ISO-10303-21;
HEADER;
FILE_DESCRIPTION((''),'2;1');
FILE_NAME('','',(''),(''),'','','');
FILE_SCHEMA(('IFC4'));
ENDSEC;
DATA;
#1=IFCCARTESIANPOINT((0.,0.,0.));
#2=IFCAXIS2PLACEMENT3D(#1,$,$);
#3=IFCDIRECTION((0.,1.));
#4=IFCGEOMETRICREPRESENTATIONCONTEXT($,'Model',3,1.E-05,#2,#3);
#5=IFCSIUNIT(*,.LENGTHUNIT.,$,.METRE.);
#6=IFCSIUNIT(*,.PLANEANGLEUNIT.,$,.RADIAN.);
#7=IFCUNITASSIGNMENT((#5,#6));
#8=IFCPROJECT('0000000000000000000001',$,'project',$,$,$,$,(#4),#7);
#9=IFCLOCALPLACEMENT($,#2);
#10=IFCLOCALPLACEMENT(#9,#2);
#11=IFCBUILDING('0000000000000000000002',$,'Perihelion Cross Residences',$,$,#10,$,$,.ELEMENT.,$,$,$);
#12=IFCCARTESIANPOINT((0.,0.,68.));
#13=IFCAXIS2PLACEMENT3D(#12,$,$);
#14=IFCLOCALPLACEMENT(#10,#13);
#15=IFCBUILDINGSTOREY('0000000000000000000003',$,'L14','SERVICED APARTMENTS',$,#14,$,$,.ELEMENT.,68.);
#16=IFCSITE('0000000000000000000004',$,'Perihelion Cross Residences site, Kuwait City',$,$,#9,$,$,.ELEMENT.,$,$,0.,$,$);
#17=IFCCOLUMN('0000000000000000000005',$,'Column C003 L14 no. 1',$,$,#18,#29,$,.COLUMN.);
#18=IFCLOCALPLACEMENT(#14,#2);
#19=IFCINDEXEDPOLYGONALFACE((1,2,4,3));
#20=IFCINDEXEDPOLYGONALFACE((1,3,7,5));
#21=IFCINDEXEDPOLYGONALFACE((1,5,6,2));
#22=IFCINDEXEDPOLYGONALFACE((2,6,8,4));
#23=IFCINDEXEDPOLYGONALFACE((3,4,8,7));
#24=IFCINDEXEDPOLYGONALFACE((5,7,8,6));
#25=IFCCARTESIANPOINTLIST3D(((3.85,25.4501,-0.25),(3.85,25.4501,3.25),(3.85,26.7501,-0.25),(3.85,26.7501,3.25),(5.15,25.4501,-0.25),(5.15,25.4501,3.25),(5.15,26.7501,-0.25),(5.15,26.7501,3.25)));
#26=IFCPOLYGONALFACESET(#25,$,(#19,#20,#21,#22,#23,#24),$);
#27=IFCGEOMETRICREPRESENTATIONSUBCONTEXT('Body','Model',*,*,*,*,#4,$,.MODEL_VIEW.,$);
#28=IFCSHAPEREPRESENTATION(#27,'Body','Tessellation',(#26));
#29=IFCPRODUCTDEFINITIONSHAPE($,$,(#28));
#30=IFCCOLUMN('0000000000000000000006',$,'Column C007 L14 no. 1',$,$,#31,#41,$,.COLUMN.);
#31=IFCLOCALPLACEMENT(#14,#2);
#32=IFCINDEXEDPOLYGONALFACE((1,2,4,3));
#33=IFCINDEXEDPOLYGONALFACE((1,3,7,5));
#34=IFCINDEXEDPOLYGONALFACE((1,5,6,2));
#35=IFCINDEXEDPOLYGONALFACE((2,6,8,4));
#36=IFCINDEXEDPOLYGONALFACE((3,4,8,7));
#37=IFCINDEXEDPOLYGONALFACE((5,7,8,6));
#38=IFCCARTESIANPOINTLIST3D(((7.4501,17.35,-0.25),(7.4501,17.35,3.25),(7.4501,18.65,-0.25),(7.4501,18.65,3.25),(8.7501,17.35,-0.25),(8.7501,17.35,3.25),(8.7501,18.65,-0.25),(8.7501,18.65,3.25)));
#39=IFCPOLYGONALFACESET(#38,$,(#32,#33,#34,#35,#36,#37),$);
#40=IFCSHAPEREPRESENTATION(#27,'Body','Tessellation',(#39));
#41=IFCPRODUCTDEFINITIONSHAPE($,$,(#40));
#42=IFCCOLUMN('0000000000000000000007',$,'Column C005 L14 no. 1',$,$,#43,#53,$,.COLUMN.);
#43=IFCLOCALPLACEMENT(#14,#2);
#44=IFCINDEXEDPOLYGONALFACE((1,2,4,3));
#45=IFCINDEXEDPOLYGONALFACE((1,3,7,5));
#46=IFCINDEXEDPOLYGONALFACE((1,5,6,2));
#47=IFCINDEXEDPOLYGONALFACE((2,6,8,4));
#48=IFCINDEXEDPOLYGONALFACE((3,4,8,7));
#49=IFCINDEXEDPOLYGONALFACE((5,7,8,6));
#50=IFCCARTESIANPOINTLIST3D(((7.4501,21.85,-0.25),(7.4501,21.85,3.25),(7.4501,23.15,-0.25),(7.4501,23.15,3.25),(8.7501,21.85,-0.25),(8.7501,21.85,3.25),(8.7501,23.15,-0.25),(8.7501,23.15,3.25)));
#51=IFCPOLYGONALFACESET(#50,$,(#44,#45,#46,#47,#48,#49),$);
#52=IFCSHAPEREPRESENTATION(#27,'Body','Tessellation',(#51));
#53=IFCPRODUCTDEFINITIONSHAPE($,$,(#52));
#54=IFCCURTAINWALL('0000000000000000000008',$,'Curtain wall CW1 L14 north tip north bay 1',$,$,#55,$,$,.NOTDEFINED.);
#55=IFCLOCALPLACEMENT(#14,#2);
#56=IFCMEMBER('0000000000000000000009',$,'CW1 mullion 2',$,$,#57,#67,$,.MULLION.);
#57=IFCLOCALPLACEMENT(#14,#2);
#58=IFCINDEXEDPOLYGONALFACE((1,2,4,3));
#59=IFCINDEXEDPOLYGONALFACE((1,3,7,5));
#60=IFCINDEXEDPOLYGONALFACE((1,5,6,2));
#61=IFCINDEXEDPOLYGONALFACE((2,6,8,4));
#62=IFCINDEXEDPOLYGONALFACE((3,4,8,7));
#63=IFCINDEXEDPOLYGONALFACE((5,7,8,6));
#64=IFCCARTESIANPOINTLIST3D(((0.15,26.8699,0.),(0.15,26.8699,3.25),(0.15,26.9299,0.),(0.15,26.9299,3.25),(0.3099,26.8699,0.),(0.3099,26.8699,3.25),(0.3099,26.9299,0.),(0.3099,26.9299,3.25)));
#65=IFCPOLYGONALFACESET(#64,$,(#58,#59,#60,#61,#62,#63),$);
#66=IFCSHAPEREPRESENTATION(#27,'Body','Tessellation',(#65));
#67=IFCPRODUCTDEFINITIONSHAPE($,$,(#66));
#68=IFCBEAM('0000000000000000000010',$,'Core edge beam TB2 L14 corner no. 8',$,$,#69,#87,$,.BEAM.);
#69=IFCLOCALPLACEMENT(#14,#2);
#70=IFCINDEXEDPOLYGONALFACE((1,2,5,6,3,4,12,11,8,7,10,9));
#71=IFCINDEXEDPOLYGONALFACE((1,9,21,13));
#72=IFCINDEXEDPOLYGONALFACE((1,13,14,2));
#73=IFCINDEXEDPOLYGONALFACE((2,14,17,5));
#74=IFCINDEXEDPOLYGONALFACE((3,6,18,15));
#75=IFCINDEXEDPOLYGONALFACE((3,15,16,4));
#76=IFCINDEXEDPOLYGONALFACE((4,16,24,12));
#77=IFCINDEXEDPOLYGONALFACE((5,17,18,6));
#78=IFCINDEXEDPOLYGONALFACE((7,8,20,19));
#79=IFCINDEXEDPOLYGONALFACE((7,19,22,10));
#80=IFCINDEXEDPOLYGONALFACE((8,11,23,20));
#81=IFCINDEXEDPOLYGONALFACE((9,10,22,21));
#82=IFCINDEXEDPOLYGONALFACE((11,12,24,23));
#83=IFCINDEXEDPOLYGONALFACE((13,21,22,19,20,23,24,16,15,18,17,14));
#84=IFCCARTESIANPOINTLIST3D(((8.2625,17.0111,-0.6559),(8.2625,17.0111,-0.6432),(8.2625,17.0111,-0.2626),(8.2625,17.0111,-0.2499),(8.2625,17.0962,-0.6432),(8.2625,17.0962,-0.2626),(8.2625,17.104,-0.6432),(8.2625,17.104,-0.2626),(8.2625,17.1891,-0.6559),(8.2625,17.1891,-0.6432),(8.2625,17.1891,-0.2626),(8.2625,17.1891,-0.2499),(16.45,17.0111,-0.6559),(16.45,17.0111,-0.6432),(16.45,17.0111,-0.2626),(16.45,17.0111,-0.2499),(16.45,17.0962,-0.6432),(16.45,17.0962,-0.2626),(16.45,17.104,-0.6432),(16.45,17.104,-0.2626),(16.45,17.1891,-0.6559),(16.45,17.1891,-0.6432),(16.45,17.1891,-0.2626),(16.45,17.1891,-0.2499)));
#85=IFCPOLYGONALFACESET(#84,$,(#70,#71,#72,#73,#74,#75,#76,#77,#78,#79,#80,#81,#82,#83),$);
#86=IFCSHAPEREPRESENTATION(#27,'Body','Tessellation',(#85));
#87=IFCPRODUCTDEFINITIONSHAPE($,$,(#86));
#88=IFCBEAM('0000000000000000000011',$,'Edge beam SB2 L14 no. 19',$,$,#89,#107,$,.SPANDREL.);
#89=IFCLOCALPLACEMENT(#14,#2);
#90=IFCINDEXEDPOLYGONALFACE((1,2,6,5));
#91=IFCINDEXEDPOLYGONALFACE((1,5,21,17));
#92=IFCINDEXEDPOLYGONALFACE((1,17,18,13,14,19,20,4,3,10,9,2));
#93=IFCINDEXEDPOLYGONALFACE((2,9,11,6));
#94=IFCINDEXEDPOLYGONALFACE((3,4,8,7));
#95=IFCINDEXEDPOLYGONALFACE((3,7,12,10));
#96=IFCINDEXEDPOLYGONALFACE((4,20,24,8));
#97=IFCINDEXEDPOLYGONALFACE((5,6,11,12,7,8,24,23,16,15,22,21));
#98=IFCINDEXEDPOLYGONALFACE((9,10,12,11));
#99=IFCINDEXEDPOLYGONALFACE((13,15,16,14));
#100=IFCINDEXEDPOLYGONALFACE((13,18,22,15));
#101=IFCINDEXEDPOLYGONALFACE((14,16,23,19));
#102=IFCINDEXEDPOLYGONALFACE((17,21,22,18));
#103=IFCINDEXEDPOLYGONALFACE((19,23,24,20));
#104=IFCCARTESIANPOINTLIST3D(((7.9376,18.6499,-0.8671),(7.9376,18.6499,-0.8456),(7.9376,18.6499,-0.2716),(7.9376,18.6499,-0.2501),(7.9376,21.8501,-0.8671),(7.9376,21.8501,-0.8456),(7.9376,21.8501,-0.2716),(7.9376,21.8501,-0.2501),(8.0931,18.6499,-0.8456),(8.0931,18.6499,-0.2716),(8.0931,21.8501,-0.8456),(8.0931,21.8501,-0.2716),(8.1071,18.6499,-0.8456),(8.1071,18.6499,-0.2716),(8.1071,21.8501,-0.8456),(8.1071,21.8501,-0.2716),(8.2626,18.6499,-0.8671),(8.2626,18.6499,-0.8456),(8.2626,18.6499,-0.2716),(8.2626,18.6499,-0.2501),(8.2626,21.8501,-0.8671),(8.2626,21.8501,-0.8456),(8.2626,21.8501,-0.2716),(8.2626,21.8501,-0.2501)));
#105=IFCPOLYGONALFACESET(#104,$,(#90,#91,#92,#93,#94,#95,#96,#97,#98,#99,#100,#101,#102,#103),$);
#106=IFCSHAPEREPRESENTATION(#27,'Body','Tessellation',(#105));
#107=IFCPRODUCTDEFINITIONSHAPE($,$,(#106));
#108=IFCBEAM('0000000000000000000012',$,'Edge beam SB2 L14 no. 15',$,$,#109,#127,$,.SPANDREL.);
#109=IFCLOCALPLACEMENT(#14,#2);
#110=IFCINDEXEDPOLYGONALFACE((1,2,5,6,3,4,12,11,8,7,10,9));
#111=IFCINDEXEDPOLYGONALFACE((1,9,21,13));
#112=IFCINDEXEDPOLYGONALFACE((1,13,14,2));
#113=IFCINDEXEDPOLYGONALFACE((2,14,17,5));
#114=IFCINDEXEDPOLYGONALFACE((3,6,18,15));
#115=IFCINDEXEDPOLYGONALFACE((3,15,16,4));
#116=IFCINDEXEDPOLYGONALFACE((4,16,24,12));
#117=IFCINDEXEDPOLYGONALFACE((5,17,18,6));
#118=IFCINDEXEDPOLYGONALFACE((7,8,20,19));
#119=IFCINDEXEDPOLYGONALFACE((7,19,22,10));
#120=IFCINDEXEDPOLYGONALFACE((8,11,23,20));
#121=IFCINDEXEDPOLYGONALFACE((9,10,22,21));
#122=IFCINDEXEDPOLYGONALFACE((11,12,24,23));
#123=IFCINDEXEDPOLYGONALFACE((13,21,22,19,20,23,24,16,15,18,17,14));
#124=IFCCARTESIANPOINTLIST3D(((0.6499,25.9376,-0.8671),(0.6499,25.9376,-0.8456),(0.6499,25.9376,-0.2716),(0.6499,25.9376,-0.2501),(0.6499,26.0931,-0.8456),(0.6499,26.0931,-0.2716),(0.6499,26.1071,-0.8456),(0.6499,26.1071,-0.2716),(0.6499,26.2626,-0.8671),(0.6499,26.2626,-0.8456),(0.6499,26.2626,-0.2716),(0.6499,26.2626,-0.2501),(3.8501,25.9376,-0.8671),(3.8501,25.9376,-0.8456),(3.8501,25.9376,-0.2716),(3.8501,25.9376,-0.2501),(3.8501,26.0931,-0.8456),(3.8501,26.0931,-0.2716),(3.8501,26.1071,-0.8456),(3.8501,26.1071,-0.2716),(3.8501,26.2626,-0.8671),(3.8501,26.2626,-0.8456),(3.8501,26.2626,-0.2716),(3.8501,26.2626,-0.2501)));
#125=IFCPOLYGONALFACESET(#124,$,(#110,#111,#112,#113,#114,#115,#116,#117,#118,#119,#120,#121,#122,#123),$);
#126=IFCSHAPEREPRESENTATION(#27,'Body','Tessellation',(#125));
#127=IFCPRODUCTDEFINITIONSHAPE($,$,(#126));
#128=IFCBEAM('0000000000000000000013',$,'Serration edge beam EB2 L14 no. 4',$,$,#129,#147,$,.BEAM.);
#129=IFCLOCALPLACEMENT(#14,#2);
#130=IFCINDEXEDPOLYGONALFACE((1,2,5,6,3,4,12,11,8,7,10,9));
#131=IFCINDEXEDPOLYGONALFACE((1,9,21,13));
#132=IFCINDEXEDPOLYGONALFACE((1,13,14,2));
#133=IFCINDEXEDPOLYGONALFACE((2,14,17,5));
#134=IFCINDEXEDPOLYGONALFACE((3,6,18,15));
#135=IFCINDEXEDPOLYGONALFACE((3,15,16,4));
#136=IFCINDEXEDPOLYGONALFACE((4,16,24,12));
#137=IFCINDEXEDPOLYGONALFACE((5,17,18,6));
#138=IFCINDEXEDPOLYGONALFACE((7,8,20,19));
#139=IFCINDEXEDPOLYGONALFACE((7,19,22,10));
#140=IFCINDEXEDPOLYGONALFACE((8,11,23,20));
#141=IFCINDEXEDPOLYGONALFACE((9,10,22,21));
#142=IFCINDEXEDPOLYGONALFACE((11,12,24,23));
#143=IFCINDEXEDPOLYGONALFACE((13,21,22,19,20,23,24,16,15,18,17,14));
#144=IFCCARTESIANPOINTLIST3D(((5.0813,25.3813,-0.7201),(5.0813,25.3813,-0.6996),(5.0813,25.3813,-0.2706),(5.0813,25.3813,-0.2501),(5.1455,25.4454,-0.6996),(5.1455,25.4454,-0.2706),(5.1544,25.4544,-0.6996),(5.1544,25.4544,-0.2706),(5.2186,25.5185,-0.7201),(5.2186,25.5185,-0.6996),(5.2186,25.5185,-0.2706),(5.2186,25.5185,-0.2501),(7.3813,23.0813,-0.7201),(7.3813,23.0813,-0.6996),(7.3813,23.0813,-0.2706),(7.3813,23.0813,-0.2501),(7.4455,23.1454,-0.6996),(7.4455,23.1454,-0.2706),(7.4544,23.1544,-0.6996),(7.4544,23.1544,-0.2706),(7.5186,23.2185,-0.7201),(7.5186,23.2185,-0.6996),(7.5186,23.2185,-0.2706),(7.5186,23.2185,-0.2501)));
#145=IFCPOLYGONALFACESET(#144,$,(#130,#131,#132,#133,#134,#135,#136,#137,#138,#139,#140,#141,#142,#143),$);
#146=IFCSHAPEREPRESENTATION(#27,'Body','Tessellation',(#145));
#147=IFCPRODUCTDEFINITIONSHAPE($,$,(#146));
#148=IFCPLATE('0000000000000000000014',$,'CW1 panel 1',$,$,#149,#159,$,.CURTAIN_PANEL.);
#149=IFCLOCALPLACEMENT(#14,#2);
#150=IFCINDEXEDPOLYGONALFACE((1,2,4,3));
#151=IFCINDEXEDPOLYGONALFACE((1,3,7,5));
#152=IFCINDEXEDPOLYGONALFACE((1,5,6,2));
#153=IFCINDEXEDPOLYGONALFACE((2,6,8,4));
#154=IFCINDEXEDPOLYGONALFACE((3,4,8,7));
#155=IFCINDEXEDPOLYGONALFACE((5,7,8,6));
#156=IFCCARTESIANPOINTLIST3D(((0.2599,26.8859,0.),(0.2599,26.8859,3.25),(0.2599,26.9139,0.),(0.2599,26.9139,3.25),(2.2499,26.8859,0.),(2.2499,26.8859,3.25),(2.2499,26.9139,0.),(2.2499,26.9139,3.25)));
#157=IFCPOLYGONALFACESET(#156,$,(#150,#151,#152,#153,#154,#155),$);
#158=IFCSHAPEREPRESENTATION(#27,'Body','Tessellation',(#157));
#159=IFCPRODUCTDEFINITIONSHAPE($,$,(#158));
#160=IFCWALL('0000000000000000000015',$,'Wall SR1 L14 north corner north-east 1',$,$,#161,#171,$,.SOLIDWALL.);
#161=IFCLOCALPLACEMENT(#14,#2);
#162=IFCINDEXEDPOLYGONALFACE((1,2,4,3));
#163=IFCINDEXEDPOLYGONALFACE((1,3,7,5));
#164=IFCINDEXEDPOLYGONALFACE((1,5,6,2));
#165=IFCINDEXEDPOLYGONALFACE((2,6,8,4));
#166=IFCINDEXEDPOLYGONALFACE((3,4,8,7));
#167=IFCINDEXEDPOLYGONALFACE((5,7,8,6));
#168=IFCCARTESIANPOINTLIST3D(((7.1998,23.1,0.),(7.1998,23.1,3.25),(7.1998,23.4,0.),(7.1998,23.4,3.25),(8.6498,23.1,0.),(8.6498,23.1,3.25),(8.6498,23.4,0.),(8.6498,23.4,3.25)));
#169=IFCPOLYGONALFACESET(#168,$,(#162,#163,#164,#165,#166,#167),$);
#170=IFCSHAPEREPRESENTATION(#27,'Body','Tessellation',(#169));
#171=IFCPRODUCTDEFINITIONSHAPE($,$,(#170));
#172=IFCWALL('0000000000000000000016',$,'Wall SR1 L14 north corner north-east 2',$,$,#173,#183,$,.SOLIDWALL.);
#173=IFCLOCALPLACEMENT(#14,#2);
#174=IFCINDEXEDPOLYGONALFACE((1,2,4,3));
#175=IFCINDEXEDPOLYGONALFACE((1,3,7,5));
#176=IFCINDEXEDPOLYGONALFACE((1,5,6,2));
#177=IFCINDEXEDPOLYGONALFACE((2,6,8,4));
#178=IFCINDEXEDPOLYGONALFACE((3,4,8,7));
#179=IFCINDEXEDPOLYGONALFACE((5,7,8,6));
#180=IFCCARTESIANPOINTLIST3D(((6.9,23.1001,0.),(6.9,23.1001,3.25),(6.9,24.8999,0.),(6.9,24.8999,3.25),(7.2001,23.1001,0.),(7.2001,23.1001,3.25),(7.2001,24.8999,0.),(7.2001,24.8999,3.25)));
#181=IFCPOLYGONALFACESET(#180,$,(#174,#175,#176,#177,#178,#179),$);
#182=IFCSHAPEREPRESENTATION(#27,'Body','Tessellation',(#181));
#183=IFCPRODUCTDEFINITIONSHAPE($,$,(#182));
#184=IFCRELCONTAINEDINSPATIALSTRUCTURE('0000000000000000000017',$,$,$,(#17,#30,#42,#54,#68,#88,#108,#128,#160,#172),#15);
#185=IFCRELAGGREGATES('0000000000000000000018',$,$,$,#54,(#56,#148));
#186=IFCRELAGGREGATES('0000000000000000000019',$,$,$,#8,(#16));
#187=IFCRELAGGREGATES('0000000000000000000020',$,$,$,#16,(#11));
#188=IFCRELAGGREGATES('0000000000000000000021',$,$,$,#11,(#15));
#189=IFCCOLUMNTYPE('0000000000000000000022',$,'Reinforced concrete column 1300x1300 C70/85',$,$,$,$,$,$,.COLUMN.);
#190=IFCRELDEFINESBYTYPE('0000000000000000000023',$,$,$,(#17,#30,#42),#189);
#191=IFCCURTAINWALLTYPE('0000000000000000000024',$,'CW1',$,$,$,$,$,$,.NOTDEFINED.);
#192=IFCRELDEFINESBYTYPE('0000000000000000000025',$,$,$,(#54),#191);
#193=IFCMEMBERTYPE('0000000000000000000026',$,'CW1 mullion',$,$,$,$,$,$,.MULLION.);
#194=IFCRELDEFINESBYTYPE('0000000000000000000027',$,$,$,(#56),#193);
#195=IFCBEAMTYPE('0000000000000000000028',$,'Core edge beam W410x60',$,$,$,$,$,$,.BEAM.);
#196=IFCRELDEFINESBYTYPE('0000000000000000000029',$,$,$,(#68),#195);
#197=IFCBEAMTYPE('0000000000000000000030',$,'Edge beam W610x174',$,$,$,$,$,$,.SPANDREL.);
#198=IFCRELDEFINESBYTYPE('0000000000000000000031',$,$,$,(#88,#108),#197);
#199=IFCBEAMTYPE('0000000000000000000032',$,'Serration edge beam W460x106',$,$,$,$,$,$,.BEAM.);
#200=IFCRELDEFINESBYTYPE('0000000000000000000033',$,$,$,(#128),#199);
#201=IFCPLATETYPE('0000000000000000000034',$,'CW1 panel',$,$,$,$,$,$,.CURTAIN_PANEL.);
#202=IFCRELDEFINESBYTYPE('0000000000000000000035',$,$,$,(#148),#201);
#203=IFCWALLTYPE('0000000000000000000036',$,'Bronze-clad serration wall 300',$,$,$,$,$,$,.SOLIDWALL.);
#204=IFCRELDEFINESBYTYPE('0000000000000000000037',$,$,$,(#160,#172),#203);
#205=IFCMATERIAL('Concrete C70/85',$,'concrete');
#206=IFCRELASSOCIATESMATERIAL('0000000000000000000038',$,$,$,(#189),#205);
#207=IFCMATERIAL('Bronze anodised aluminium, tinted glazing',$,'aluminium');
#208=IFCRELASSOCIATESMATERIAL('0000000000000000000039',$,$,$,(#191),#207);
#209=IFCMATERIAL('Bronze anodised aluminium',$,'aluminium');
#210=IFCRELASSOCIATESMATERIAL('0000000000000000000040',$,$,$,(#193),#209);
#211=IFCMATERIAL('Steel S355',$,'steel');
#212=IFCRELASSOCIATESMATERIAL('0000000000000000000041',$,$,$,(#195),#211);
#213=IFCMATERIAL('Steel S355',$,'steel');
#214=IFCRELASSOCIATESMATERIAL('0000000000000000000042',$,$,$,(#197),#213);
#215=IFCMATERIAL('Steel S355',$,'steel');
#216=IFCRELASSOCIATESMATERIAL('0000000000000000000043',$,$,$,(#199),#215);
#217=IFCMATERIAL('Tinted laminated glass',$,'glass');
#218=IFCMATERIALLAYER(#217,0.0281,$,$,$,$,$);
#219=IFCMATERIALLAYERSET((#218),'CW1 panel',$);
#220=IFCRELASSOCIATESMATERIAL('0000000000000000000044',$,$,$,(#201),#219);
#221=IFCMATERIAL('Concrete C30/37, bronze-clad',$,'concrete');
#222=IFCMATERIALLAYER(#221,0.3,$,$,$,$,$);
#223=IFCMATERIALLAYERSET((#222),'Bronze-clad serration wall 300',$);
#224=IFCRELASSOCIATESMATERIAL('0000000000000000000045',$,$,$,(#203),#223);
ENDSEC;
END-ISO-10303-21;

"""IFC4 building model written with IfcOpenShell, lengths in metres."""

from ifc_helpers import new_model, si_unit, direction, frame, frame_2d, origin, origin_2d, place, context, subcontext, project, spatial, rectangle, i_section, extrude, material, layer, layer_set, material_profile, profile_set, type_object, element, aggregate, save


model = new_model("IFC4")

# Units and contexts
model_context = context("Model", 3, precision=1e-05, world=origin(), true_north=direction((0.0, 1.0)))
body_context = subcontext(model_context, "Body", "Model", "MODEL_VIEW")
ifc_project = project(units=[si_unit("LENGTHUNIT", "METRE"), si_unit("PLANEANGLEUNIT", "RADIAN")], contexts=[model_context])

# Site, building, storey
site_placement = place(None, origin())
site = spatial("IfcSite", under=ifc_project, at=site_placement, Name="Perihelion Cross Residences site, Kuwait City", CompositionType="ELEMENT", RefElevation=0.0)
building_placement = place(site_placement, origin())
building = spatial("IfcBuilding", under=site, at=building_placement, Name="Perihelion Cross Residences", CompositionType="ELEMENT")
storey_placement = place(building_placement, frame((0.0, 0.0, 68.0)))
storey = spatial("IfcBuildingStorey", under=building, at=storey_placement, Name="L14", Description="SERVICED APARTMENTS", CompositionType="ELEMENT", Elevation=68.0)

# Columns
ifc_material_1 = material(Name="Concrete C70/85", Category="concrete")
ifc_material_profile_1 = material_profile(ifc_material_1, rectangle(XDim=1.3, YDim=1.3, at=origin_2d()), Name="RC 1300x1300")
ifc_profile_set_1 = profile_set([ifc_material_profile_1], Name="Concrete C70/85")
column_type = type_object("IfcColumnType", Name="Reinforced concrete column 1300x1300 C70/85", PredefinedType="COLUMN", material=ifc_profile_set_1)
for number, where, z_axis, x_axis, name in (
    (1, (4.5, 26.1001, -0.25), (0.0, 0.0, 1.0), (1.0, 0.0, 0.0), "Column C003 L14 no. 1"),
    (2, (8.1001, 18.0, -0.25), (0.0, 0.0, 1.0), (1.0, 0.0, 0.0), "Column C007 L14 no. 1"),
    (3, (8.1001, 22.5, -0.25), (0.0, 0.0, 1.0), (1.0, 0.0, 0.0), "Column C005 L14 no. 1"),
):
    element("IfcColumn", number, at=place(storey_placement, frame(where, z_axis=z_axis, x_axis=x_axis)), inside=storey, type_object=column_type, Name=name, PredefinedType="COLUMN", context=body_context, shape_type="SweptSolid", body=[
        extrude(rectangle(XDim=1.3, YDim=1.3, at=origin_2d()), origin(), (0.0, 0.0, 1.0), 3.5),
    ])

# Curtain wall, member
ifc_material_2 = material(Name="Bronze anodised aluminium, tinted glazing", Category="aluminium")
curtain_wall_type = type_object("IfcCurtainWallType", Name="CW1", PredefinedType="NOTDEFINED", material=ifc_material_2)
curtain_wall_placement = place(storey_placement, origin())
curtain_wall = element("IfcCurtainWall", 4, at=curtain_wall_placement, inside=storey, type_object=curtain_wall_type, Name="Curtain wall CW1 L14 north tip north bay 1", PredefinedType="NOTDEFINED")
ifc_material_3 = material(Name="Bronze anodised aluminium", Category="aluminium")
ifc_material_profile_2 = material_profile(ifc_material_3, rectangle(XDim=0.0601, YDim=0.1599, at=origin_2d()), Name="CW1 mullion")
ifc_profile_set_2 = profile_set([ifc_material_profile_2], Name="Bronze anodised aluminium")
member_type = type_object("IfcMemberType", Name="CW1 mullion", PredefinedType="MULLION", material=ifc_profile_set_2)
member_placement = place(storey_placement, frame((0.23, 26.8999, 0.0), z_axis=(0.0, 0.0, 1.0), x_axis=(0.0, -1.0, 0.0)))
member = element("IfcMember", 5, at=member_placement, type_object=member_type, Name="CW1 mullion 2", PredefinedType="MULLION", context=body_context, shape_type="SweptSolid", body=[
    extrude(rectangle(XDim=0.0601, YDim=0.1599, at=origin_2d()), origin(), (0.0, 0.0, 1.0), 3.25),
])

# Beams
ifc_material_4 = material(Name="Steel S355", Category="steel")
ifc_material_profile_3 = material_profile(ifc_material_4, i_section(OverallWidth=0.178, OverallDepth=0.406, WebThickness=0.0078, FlangeThickness=0.0127, at=origin_2d()), Name="W410x60")
ifc_profile_set_3 = profile_set([ifc_material_profile_3], Name="Steel S355")
beam_type_1 = type_object("IfcBeamType", Name="Core edge beam W410x60", PredefinedType="BEAM", material=ifc_profile_set_3)
beam_1_placement = place(storey_placement, frame((8.2625, 17.1001, -0.4529), z_axis=(1.0, 0.0, 0.0), x_axis=(0.0, 1.0, 0.0)))
element("IfcBeam", 6, at=beam_1_placement, inside=storey, type_object=beam_type_1, Name="Core edge beam TB2 L14 corner no. 8", PredefinedType="BEAM", context=body_context, shape_type="SweptSolid", body=[
    extrude(i_section(OverallWidth=0.178, OverallDepth=0.406, WebThickness=0.0078, FlangeThickness=0.0127, at=origin_2d()), origin(), (0.0, 0.0, 1.0), 8.1875),
])
ifc_material_5 = material(Name="Steel S355", Category="steel")
ifc_material_profile_4 = material_profile(ifc_material_5, i_section(OverallWidth=0.325, OverallDepth=0.6169, WebThickness=0.0139, FlangeThickness=0.0215, at=origin_2d()), Name="W610x174")
ifc_profile_set_4 = profile_set([ifc_material_profile_4], Name="Steel S355")
beam_type_2 = type_object("IfcBeamType", Name="Edge beam W610x174", PredefinedType="SPANDREL", material=ifc_profile_set_4)
for number, where, z_axis, x_axis, name in (
    (7, (8.1001, 18.6499, -0.5586), (0.0, 1.0, 0.0), (-1.0, 0.0, 0.0), "Edge beam SB2 L14 no. 19"),
    (8, (3.8501, 26.1001, -0.5586), (-1.0, 0.0, 0.0), (0.0, -1.0, 0.0), "Edge beam SB2 L14 no. 15"),
):
    element("IfcBeam", number, at=place(storey_placement, frame(where, z_axis=z_axis, x_axis=x_axis)), inside=storey, type_object=beam_type_2, Name=name, PredefinedType="SPANDREL", context=body_context, shape_type="SweptSolid", body=[
        extrude(i_section(OverallWidth=0.325, OverallDepth=0.6169, WebThickness=0.0139, FlangeThickness=0.0215, at=origin_2d()), origin(), (0.0, 0.0, 1.0), 3.2002),
    ])
ifc_material_6 = material(Name="Steel S355", Category="steel")
ifc_material_profile_5 = material_profile(ifc_material_6, i_section(OverallWidth=0.1941, OverallDepth=0.47, WebThickness=0.0127, FlangeThickness=0.0205, at=origin_2d()), Name="W460x106")
ifc_profile_set_5 = profile_set([ifc_material_profile_5], Name="Steel S355")
beam_type_3 = type_object("IfcBeamType", Name="Serration edge beam W460x106", PredefinedType="BEAM", material=ifc_profile_set_5)
beam_2_placement = place(storey_placement, frame((7.45, 23.1499, -0.4851), z_axis=(-0.707107, 0.707107, 0.0), x_axis=(-0.707107, -0.707107, 0.0)))
element("IfcBeam", 9, at=beam_2_placement, inside=storey, type_object=beam_type_3, Name="Serration edge beam EB2 L14 no. 4", PredefinedType="BEAM", context=body_context, shape_type="SweptSolid", body=[
    extrude(i_section(OverallWidth=0.1941, OverallDepth=0.47, WebThickness=0.0127, FlangeThickness=0.0205, at=origin_2d()), origin(), (0.0, 0.0, 1.0), 3.2527),
])

# Plate
ifc_material_7 = material(Name="Tinted laminated glass", Category="glass")
ifc_layer_1 = layer(ifc_material_7, 0.0281)
ifc_layer_set_1 = layer_set([ifc_layer_1], Name="CW1 panel")
plate_type = type_object("IfcPlateType", Name="CW1 panel", PredefinedType="CURTAIN_PANEL", material=ifc_layer_set_1)
plate_placement = place(storey_placement, frame((1.2549, 26.8999, 0.0), z_axis=(0.0, 0.0, 1.0), x_axis=(-1.0, 0.0, 0.0)))
plate = element("IfcPlate", 10, at=plate_placement, type_object=plate_type, Name="CW1 panel 1", PredefinedType="CURTAIN_PANEL", context=body_context, shape_type="SweptSolid", body=[
    extrude(rectangle(XDim=1.99, YDim=0.0281, at=origin_2d()), origin(), (0.0, 0.0, 1.0), 3.25),
])
aggregate(curtain_wall, [member, plate])

# Walls
ifc_material_8 = material(Name="Concrete C30/37, bronze-clad", Category="concrete")
ifc_layer_2 = layer(ifc_material_8, 0.3)
ifc_layer_set_2 = layer_set([ifc_layer_2], Name="Bronze-clad serration wall 300")
wall_type_1 = type_object("IfcWallType", Name="Bronze-clad serration wall 300", PredefinedType="SOLIDWALL", material=ifc_layer_set_2)
wall_1_placement = place(storey_placement, frame((8.6499, 23.25, 0.0), z_axis=(0.0, 0.0, 1.0), x_axis=(-1.0, 0.0, 0.0)))
element("IfcWall", 11, at=wall_1_placement, inside=storey, type_object=wall_type_1, Name="Wall SR1 L14 north corner north-east 1", PredefinedType="SOLIDWALL", context=body_context, shape_type="SweptSolid", body=[
    extrude(rectangle(XDim=1.45, YDim=0.3, at=frame_2d((0.7251, 0.0))), origin(), (0.0, 0.0, 1.0), 3.25),
])
wall_2_placement = place(storey_placement, frame((7.05, 23.1001, 0.0), z_axis=(0.0, 0.0, 1.0), x_axis=(0.0, 1.0, 0.0)))
element("IfcWall", 12, at=wall_2_placement, inside=storey, type_object=wall_type_1, Name="Wall SR1 L14 north corner north-east 2", PredefinedType="SOLIDWALL", context=body_context, shape_type="SweptSolid", body=[
    extrude(rectangle(XDim=1.7998, YDim=0.3, at=frame_2d((0.8999, 0.0))), origin(), (0.0, 0.0, 1.0), 3.25),
])

save(model, "model.ifc")
